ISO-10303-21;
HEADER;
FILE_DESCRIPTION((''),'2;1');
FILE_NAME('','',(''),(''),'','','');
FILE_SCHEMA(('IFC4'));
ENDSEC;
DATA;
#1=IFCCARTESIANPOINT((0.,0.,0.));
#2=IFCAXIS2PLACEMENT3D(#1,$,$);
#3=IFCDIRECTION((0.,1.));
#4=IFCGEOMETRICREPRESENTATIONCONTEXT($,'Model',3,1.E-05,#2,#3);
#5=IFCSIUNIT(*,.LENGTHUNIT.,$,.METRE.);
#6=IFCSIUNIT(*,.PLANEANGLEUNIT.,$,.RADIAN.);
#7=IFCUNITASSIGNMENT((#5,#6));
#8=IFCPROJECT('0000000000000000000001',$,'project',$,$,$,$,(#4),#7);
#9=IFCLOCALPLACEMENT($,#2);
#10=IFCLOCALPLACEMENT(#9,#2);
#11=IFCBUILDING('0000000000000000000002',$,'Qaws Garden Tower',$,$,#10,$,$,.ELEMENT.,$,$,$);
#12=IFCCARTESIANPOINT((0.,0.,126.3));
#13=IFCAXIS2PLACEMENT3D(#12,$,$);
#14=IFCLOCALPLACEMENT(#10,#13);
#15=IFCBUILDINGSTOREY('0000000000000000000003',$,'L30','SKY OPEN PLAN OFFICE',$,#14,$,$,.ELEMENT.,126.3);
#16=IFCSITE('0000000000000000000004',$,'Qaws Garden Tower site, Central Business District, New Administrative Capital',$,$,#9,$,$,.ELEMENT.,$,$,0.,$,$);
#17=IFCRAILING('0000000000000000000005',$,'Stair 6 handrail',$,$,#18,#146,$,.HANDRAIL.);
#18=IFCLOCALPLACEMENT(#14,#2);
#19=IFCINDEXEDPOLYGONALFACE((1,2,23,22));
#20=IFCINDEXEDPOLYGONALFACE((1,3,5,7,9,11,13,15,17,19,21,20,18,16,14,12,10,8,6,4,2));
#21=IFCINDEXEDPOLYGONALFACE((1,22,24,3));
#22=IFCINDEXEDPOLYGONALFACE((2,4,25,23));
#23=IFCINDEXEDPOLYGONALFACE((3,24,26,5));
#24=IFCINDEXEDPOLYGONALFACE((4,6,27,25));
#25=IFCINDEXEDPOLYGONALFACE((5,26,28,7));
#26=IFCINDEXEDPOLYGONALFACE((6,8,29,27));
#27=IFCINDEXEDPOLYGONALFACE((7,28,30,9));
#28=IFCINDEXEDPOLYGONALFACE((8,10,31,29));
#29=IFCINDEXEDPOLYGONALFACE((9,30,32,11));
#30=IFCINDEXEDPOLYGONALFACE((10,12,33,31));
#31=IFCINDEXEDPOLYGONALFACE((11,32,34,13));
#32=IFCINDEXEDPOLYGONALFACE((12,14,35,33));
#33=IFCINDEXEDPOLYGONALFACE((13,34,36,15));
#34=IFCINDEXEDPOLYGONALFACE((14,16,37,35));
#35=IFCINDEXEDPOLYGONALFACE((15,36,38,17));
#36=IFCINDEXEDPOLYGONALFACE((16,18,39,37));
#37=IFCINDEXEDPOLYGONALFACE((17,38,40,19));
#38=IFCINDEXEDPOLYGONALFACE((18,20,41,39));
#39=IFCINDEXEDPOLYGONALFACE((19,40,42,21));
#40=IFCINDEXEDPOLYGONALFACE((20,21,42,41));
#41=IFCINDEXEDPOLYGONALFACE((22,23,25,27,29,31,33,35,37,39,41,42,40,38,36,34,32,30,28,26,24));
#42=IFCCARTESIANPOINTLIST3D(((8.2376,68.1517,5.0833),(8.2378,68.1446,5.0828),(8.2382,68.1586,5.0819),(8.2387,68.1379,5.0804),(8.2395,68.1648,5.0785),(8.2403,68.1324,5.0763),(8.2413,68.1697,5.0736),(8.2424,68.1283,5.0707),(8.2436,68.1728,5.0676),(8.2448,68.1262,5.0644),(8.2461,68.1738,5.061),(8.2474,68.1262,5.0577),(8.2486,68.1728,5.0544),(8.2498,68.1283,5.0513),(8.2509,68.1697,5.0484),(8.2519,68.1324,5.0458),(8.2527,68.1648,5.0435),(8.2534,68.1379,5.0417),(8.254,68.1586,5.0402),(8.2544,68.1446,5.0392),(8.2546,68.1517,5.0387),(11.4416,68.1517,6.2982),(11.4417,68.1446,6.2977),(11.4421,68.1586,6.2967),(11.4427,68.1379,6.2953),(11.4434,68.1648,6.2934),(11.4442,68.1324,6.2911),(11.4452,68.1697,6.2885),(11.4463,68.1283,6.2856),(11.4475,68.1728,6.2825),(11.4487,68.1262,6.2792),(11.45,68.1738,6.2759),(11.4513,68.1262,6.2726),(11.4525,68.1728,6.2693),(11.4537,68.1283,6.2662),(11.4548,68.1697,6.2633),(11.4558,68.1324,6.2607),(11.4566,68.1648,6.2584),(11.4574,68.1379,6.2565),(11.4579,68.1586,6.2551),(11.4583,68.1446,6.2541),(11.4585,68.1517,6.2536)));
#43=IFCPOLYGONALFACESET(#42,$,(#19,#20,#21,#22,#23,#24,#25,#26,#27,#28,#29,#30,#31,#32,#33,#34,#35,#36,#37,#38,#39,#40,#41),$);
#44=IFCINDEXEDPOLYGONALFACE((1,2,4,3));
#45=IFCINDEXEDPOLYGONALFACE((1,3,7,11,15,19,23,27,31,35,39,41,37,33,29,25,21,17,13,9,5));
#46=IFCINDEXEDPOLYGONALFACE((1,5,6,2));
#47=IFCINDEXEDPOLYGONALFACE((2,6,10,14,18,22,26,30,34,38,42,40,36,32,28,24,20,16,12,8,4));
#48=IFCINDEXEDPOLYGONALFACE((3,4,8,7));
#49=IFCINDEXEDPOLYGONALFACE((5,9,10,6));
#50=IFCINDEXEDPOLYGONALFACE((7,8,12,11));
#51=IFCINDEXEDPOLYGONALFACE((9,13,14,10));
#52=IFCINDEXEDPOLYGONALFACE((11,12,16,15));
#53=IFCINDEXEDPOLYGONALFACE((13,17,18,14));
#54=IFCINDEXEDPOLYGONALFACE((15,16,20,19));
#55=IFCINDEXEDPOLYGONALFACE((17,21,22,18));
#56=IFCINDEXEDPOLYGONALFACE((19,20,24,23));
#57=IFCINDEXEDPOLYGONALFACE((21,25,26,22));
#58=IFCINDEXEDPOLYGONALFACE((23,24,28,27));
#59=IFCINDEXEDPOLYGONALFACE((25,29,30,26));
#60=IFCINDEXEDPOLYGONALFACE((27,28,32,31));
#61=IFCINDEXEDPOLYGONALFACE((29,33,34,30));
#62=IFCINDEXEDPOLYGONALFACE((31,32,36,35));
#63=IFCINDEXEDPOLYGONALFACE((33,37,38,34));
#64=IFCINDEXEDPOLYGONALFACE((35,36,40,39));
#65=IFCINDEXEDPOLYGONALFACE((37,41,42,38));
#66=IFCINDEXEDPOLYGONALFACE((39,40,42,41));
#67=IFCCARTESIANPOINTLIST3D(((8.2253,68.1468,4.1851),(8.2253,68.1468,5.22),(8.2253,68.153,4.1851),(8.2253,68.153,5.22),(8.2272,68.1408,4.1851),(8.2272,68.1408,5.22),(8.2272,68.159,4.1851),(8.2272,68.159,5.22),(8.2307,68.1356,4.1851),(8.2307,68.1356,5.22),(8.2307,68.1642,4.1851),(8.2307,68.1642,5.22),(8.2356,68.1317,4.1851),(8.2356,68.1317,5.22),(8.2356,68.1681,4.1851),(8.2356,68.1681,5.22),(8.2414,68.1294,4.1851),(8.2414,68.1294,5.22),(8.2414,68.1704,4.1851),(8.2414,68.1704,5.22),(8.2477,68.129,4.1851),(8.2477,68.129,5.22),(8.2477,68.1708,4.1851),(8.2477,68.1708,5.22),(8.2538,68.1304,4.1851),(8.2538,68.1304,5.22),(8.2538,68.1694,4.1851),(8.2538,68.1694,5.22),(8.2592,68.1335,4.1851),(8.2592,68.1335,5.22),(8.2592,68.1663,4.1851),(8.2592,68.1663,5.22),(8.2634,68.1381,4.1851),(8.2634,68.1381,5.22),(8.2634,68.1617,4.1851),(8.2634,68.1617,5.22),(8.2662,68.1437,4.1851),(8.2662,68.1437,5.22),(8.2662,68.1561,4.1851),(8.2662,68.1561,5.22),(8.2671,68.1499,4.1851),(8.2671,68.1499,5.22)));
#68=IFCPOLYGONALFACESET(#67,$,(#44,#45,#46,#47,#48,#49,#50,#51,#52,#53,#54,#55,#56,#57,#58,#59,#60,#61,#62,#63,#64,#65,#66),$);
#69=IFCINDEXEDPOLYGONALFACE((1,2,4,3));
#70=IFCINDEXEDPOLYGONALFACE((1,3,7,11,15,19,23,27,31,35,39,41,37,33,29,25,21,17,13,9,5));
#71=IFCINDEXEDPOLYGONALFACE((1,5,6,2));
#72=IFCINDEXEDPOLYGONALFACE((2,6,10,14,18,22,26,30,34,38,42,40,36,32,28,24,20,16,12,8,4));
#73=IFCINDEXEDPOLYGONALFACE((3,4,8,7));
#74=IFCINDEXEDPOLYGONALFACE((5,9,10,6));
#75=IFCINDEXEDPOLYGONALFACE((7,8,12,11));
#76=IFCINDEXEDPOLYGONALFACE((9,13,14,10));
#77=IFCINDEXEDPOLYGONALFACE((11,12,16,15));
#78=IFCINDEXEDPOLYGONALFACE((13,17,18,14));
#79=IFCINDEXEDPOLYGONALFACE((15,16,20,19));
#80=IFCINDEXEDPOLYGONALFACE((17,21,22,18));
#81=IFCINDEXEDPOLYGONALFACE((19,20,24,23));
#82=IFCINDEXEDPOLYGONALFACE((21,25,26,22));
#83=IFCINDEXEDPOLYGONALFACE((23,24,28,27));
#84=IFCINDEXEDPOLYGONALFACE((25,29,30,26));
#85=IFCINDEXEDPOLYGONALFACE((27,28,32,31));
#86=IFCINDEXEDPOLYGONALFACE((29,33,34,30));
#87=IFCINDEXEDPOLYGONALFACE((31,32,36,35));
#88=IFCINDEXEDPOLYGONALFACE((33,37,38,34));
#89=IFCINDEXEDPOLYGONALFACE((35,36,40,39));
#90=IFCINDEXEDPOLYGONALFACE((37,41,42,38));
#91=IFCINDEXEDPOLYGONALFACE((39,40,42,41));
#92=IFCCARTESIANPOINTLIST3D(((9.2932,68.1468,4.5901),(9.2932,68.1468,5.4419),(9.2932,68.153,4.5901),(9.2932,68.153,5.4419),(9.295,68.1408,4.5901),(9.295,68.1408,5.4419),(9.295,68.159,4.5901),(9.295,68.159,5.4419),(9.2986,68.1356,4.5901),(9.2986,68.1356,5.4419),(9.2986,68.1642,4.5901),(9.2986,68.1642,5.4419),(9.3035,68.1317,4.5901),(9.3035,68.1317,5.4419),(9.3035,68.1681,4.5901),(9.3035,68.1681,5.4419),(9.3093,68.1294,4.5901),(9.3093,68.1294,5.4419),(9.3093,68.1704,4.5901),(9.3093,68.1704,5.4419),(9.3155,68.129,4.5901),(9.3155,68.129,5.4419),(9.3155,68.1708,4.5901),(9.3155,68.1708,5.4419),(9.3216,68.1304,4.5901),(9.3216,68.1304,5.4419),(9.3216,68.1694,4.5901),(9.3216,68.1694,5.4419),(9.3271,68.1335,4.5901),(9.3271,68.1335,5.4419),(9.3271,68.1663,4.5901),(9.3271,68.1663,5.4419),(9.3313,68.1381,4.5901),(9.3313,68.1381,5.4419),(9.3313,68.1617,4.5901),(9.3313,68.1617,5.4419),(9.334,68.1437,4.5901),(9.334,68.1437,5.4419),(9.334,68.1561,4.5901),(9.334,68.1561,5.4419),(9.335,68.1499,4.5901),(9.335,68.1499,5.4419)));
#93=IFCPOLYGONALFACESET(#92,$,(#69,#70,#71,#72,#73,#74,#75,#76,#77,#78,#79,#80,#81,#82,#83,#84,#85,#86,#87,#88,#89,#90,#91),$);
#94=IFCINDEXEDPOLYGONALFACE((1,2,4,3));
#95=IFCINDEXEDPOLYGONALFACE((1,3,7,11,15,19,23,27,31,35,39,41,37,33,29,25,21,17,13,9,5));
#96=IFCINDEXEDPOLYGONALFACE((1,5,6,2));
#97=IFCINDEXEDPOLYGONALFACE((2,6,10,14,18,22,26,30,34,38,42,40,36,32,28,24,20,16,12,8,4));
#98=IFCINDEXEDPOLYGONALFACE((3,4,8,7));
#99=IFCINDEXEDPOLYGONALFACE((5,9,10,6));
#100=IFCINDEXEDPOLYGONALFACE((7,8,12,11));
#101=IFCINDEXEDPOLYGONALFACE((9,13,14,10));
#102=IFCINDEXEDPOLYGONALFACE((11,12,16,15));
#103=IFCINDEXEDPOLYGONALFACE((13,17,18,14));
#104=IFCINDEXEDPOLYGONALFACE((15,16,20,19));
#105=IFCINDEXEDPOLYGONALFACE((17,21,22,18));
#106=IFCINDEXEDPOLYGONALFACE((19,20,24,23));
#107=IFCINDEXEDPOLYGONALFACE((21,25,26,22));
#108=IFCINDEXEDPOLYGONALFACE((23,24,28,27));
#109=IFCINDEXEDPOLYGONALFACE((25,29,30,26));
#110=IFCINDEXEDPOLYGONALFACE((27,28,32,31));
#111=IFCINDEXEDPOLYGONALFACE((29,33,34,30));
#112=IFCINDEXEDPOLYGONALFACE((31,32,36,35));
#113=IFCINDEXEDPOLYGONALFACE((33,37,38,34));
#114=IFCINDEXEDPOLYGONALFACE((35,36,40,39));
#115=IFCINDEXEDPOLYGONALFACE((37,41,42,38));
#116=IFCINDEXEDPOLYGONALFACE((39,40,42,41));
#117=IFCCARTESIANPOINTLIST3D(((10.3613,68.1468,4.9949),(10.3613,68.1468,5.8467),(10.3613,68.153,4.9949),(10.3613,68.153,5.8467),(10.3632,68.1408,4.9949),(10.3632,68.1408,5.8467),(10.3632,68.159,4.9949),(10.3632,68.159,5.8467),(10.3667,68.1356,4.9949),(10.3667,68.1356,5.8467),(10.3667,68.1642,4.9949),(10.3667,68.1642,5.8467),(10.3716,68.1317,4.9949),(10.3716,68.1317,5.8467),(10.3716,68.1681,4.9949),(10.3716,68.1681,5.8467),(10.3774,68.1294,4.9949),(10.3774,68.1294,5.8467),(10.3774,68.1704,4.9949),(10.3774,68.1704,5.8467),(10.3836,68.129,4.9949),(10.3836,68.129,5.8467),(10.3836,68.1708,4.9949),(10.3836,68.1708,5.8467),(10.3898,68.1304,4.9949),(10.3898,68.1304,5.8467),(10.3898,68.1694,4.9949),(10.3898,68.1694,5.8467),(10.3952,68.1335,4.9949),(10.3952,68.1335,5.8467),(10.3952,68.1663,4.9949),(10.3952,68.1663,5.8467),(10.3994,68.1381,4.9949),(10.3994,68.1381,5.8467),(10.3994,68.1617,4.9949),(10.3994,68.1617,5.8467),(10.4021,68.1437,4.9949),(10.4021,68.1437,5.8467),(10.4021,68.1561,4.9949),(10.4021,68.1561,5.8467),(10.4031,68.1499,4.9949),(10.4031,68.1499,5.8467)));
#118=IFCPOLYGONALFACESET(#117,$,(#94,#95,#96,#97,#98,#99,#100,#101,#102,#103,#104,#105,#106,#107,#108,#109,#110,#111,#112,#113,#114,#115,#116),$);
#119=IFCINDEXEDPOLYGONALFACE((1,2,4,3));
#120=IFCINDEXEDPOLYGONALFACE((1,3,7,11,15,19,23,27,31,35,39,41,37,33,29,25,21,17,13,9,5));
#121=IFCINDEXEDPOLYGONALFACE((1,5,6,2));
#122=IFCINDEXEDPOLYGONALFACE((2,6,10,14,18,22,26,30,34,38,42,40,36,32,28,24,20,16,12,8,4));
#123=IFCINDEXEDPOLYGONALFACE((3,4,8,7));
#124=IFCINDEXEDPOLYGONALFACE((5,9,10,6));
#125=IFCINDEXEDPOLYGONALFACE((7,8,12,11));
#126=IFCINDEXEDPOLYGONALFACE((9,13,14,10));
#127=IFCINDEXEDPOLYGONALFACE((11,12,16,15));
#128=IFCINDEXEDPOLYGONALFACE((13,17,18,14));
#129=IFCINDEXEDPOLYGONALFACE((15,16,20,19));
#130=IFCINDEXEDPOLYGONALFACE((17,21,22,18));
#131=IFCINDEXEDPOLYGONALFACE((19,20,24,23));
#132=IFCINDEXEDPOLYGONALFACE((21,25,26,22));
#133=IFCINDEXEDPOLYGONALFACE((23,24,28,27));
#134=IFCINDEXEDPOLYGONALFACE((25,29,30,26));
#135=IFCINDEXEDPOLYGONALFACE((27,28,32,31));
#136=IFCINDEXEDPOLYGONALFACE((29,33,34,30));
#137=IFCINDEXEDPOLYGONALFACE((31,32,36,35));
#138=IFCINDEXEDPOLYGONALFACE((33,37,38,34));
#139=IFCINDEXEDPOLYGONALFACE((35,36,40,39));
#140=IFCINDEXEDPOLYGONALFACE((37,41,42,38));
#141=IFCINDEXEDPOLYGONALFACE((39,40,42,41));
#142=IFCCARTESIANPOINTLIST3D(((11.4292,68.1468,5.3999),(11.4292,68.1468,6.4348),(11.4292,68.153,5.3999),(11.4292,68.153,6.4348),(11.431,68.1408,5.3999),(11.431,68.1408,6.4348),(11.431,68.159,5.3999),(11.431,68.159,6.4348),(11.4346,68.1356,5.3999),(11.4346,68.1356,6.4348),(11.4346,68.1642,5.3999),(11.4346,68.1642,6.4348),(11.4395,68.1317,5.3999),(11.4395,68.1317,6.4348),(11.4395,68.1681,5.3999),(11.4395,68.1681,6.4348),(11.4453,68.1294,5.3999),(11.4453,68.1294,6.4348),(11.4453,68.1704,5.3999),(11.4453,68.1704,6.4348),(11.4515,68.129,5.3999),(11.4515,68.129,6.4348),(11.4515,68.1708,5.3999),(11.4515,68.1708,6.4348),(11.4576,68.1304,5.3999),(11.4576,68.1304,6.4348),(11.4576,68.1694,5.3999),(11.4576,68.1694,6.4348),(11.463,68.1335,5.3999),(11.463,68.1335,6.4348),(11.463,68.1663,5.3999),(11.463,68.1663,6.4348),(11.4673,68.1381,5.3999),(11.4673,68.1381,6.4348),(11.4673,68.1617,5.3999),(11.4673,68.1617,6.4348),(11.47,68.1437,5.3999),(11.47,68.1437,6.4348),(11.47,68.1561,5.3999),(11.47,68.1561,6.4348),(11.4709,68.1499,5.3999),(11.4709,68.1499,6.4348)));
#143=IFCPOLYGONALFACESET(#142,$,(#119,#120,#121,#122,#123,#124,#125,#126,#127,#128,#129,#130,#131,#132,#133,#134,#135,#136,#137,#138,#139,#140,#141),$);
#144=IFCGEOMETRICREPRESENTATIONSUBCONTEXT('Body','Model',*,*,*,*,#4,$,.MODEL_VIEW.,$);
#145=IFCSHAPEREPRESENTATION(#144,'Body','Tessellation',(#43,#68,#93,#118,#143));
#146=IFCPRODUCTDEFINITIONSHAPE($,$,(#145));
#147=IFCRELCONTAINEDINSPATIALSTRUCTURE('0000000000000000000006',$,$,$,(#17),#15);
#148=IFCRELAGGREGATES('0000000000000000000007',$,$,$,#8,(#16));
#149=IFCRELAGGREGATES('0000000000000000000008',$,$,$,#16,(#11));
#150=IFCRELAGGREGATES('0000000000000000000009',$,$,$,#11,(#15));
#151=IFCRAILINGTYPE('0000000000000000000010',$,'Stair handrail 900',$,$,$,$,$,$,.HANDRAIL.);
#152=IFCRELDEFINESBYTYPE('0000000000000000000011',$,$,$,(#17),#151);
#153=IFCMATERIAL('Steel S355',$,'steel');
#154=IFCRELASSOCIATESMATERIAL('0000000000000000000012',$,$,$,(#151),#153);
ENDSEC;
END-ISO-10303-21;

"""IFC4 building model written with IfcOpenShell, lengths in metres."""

from ifc_helpers import new_model, si_unit, direction, frame, origin, origin_2d, place, context, subcontext, project, spatial, circle, extrude, material, type_object, element, save


model = new_model("IFC4")

# Units and contexts
model_context = context("Model", 3, precision=1e-05, world=origin(), true_north=direction((0.0, 1.0)))
body_context = subcontext(model_context, "Body", "Model", "MODEL_VIEW")
ifc_project = project(units=[si_unit("LENGTHUNIT", "METRE"), si_unit("PLANEANGLEUNIT", "RADIAN")], contexts=[model_context])

# Site, building, storey
site_placement = place(None, origin())
site = spatial("IfcSite", under=ifc_project, at=site_placement, Name="Qaws Garden Tower site, Central Business District, New Administrative Capital", CompositionType="ELEMENT", RefElevation=0.0)
building_placement = place(site_placement, origin())
building = spatial("IfcBuilding", under=site, at=building_placement, Name="Qaws Garden Tower", CompositionType="ELEMENT")
storey_placement = place(building_placement, frame((0.0, 0.0, 126.3)))
storey = spatial("IfcBuildingStorey", under=building, at=storey_placement, Name="L30", Description="SKY OPEN PLAN OFFICE", CompositionType="ELEMENT", Elevation=126.3)

# Railing
ifc_material_1 = material(Name="Steel S355", Category="steel")
railing_type = type_object("IfcRailingType", Name="Stair handrail 900", PredefinedType="HANDRAIL", material=ifc_material_1)
railing_1_placement = place(storey_placement, frame((8.2461, 68.1499, 4.1851)))
element("IfcRailing", 1, at=railing_1_placement, inside=storey, type_object=railing_type, Name="Stair 6 handrail", PredefinedType="HANDRAIL", context=body_context, shape_type="SweptSolid", body=[
    extrude(circle(Radius=0.0239, at=origin_2d()), frame((0.0, 0.0, 0.876), z_axis=(0.935037, 0.0, 0.354549), x_axis=(0.0, 1.0, 0.0)), (0.0, 0.0, 1.0), 3.4265),
    extrude(circle(Radius=0.021, at=origin_2d()), origin(), (0.0, 0.0, 1.0), 1.0349),
    extrude(circle(Radius=0.021, at=origin_2d()), frame((1.0679, 0.0, 0.405)), (0.0, 0.0, 1.0), 0.8518),
    extrude(circle(Radius=0.021, at=origin_2d()), frame((2.136, 0.0, 0.8098)), (0.0, 0.0, 1.0), 0.8518),
    extrude(circle(Radius=0.021, at=origin_2d()), frame((3.2039, 0.0, 1.2148)), (0.0, 0.0, 1.0), 1.0349),
])

save(model, "model.ifc")
